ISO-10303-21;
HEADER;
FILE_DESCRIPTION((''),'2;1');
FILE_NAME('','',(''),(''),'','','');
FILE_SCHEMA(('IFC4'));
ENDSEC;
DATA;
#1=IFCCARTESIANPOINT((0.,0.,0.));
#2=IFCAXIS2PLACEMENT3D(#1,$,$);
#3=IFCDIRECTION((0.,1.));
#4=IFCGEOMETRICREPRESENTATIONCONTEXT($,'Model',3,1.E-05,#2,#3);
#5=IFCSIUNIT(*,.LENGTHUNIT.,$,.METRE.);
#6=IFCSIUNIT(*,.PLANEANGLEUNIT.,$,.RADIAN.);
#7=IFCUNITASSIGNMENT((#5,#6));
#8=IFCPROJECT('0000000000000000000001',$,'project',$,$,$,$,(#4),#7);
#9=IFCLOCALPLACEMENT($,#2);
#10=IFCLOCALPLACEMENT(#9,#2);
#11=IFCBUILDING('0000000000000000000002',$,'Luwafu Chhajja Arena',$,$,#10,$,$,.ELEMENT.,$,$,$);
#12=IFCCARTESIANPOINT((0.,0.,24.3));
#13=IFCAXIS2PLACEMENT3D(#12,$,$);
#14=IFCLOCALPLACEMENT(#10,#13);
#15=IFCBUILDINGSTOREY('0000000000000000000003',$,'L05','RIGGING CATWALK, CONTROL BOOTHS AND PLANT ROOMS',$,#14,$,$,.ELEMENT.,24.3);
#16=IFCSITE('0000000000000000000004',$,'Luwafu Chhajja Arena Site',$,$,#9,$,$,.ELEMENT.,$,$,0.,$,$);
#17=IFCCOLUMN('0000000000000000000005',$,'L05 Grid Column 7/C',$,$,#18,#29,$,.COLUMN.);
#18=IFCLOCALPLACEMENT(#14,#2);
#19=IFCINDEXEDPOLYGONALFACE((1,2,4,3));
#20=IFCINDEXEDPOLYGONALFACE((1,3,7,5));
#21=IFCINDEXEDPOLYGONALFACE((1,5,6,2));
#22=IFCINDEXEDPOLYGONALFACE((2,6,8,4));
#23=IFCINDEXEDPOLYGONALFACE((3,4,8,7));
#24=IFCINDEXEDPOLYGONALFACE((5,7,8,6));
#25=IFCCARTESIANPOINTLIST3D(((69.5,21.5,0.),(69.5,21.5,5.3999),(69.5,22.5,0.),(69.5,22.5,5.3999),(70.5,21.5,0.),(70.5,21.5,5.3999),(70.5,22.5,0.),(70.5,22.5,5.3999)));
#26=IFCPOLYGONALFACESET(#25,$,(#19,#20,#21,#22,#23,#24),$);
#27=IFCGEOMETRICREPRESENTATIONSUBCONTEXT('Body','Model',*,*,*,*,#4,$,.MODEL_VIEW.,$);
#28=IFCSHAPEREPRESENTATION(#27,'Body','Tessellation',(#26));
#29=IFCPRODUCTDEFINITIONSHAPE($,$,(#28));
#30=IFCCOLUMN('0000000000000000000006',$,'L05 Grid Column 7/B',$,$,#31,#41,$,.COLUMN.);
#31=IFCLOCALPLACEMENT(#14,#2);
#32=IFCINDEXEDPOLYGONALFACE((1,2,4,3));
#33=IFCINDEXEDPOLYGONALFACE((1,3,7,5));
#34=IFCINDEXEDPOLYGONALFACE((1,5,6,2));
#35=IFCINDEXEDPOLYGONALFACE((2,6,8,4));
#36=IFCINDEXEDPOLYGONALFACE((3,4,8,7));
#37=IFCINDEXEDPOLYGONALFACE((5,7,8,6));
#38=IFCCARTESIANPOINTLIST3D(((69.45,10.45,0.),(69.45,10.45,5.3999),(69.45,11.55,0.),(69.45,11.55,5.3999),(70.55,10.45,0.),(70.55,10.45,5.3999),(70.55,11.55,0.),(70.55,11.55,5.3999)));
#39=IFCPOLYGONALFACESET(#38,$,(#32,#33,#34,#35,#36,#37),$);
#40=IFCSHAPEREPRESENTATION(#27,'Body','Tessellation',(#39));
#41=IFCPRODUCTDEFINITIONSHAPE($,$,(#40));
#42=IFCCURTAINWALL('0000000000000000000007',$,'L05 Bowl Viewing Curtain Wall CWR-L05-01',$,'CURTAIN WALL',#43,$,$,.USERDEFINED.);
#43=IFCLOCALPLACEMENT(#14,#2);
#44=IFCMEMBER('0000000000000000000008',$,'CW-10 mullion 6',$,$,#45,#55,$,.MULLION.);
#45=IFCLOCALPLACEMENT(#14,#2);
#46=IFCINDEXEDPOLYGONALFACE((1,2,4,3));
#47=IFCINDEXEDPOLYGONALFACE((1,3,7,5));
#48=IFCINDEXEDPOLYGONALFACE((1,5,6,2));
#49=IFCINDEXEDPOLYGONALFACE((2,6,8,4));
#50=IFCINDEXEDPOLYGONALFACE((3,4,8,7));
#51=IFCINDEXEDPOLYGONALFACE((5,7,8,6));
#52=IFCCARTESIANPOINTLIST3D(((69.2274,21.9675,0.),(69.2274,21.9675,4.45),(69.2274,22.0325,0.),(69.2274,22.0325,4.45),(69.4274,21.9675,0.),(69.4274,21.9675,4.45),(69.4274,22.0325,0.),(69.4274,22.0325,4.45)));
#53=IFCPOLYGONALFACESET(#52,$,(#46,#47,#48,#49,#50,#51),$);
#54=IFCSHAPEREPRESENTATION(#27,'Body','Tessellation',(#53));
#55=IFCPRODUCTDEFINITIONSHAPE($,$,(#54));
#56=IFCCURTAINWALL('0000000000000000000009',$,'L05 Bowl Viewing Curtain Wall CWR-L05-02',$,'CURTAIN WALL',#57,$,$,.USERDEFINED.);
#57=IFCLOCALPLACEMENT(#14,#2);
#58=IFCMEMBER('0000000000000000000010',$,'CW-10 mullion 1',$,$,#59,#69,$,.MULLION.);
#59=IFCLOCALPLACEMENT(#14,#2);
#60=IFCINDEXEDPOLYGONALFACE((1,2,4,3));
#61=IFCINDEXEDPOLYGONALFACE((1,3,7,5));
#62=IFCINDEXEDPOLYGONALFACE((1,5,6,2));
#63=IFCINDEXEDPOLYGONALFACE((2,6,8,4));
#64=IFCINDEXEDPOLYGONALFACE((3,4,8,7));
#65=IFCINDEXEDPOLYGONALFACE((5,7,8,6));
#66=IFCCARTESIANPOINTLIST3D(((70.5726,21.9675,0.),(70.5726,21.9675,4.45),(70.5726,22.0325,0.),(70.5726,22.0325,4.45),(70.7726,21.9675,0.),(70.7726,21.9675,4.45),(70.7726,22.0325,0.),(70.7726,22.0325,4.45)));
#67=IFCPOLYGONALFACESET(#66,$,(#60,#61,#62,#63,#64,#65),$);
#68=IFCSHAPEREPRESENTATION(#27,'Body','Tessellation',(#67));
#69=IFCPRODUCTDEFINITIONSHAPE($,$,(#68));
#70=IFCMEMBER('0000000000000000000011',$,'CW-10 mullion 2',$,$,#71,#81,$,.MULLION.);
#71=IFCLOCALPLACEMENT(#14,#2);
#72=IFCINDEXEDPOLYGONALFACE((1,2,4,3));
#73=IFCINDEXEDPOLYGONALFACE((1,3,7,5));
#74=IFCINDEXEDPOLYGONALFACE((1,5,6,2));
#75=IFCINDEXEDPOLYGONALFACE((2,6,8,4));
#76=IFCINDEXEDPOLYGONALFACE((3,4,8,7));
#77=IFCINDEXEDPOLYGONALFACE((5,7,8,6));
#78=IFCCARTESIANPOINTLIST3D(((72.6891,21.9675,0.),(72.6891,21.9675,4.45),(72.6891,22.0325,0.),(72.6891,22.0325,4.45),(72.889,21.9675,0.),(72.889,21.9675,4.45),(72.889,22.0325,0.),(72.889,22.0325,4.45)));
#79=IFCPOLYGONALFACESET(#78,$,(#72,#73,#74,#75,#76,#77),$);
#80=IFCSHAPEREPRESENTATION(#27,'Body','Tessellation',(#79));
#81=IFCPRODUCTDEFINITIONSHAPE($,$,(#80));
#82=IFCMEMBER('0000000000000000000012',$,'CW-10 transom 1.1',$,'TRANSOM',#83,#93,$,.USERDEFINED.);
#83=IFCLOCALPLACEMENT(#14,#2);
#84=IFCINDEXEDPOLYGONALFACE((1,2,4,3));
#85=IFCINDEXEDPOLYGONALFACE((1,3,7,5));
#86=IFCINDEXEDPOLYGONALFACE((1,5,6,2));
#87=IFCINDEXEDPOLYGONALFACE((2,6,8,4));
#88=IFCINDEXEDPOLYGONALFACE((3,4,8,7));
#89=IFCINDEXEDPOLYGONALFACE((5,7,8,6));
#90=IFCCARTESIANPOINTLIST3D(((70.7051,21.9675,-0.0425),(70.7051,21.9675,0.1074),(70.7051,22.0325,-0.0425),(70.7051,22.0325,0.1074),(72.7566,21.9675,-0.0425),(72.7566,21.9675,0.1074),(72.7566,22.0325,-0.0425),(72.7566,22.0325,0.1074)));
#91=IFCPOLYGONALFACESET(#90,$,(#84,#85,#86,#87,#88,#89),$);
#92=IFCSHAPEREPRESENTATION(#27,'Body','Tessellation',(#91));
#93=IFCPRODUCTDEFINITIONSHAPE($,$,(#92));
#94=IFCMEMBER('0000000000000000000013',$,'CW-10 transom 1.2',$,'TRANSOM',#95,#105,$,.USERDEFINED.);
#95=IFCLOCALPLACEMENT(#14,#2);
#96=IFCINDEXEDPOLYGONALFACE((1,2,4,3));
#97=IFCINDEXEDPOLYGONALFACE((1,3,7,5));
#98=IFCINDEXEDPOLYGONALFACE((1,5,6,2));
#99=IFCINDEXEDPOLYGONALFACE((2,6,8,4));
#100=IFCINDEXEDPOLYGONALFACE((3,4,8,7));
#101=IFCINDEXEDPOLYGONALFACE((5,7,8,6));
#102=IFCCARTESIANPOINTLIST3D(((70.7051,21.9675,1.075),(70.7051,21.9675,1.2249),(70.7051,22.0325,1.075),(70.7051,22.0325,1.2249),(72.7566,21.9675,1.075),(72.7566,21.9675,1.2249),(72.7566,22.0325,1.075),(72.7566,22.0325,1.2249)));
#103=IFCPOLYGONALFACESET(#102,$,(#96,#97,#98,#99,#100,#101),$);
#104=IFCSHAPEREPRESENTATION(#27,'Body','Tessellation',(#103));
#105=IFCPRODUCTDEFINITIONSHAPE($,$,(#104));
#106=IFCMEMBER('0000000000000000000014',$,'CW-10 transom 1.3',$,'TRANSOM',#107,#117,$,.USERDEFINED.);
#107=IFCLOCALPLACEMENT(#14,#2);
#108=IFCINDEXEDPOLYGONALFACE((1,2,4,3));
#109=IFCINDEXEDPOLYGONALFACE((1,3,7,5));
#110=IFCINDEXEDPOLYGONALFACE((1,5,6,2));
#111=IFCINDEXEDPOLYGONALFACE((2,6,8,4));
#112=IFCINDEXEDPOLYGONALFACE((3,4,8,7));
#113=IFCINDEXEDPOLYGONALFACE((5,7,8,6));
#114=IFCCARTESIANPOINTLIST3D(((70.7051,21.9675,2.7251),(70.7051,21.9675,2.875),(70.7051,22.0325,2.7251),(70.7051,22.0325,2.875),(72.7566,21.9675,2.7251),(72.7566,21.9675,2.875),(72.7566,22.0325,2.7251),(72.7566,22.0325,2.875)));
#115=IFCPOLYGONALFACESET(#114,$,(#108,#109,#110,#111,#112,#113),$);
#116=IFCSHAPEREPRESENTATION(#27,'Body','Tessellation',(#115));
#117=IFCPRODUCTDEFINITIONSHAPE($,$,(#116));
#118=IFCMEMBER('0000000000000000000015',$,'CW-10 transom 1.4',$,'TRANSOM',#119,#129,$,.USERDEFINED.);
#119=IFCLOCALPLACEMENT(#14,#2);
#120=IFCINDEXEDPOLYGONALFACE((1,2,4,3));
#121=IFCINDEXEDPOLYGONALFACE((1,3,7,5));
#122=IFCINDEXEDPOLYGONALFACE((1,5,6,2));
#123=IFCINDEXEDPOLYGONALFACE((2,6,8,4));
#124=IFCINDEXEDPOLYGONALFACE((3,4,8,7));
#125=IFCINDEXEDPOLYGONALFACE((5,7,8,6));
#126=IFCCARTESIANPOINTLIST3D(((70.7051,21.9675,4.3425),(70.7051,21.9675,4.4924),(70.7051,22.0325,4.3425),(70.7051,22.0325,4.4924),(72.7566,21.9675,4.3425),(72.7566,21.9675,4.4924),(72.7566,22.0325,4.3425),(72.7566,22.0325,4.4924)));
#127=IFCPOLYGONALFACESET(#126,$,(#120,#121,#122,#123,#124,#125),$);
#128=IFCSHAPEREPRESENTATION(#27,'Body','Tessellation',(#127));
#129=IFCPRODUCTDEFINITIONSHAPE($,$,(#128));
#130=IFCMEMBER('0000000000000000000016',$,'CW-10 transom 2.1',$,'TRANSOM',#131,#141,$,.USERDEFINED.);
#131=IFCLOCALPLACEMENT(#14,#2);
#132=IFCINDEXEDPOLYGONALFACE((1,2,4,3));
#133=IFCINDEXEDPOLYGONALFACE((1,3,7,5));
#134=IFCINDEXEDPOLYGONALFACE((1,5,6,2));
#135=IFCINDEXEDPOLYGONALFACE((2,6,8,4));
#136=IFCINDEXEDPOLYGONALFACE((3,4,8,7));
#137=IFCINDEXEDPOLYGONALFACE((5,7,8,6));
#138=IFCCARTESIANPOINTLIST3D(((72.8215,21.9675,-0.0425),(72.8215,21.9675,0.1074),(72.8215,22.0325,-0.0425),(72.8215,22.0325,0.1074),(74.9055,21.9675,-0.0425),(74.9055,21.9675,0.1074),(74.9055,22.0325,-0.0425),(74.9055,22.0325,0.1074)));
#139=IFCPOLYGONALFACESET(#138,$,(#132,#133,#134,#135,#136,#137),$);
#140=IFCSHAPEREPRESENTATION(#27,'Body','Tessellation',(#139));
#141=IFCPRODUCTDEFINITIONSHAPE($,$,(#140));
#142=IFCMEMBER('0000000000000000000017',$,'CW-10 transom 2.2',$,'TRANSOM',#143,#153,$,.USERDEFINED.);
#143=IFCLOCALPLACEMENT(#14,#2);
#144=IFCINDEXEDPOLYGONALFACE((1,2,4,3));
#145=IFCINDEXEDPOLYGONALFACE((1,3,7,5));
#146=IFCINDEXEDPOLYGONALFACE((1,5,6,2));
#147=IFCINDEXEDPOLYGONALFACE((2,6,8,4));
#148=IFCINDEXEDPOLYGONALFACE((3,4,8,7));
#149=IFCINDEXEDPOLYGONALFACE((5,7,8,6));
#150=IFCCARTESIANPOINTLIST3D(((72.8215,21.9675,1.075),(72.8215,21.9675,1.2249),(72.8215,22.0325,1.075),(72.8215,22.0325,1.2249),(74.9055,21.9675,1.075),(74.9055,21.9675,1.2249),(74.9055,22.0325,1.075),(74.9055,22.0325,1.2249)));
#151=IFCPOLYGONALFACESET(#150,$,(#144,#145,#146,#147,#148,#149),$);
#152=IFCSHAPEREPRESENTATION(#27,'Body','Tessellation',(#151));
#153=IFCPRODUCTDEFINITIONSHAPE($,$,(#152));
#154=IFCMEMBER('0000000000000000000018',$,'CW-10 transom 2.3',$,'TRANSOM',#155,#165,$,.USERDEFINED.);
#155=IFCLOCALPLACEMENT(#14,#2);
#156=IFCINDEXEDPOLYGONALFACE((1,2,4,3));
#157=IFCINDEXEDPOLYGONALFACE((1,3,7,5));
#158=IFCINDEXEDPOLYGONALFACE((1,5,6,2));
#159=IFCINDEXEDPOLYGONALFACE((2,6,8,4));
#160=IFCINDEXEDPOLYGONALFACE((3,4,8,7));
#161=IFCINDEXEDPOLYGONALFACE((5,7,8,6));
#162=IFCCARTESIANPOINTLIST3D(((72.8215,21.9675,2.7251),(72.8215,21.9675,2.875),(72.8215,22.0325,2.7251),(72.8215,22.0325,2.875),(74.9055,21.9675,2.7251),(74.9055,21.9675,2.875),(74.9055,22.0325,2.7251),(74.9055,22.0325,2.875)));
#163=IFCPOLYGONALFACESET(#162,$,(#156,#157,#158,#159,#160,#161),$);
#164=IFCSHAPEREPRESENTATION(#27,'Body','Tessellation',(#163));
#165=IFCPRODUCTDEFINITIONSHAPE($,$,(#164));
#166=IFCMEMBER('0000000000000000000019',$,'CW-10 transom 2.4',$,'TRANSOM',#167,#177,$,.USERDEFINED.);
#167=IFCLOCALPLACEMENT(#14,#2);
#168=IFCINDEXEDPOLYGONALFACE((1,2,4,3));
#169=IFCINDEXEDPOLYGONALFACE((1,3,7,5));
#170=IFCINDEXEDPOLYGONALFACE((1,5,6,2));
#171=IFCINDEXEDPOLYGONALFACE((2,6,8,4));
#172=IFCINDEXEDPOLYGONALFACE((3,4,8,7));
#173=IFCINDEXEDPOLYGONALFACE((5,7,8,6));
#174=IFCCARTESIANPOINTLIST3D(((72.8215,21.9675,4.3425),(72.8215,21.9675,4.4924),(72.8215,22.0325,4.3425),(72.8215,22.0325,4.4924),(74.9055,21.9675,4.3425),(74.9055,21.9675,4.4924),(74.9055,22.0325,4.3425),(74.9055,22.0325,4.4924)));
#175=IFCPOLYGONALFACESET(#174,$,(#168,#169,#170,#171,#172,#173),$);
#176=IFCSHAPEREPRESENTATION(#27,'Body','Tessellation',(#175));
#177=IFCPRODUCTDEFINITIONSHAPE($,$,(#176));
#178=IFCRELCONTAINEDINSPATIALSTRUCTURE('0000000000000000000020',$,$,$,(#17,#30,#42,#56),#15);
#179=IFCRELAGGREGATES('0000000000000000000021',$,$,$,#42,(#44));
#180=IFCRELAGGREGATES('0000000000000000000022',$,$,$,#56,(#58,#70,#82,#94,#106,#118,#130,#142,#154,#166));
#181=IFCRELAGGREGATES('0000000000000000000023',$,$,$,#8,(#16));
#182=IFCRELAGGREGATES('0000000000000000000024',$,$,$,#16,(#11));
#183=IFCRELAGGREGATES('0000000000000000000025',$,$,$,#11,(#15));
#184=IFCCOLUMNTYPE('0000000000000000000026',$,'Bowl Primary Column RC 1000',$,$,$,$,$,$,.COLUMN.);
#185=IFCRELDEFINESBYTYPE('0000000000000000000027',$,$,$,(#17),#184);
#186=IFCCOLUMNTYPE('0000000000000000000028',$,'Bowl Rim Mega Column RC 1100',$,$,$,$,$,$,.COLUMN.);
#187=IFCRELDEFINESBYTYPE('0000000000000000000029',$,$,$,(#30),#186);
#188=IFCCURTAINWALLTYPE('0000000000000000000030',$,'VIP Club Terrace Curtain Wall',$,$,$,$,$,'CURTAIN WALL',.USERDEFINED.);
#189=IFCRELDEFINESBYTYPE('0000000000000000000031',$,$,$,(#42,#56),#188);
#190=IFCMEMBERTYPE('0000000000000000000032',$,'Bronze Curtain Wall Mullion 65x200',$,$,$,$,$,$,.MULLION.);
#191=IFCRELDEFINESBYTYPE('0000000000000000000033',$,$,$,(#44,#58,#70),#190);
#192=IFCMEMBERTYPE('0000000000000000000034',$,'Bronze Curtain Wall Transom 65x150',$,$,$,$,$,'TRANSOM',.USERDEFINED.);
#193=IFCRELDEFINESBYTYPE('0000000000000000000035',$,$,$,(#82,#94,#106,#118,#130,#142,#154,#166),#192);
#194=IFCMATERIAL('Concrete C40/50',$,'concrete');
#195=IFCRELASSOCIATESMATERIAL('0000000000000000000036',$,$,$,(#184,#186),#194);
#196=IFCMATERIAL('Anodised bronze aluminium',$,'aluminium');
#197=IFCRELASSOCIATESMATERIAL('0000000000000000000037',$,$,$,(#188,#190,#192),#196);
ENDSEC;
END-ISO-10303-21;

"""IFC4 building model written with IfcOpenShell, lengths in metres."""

from ifc_helpers import new_model, si_unit, direction, frame, origin, origin_2d, place, context, subcontext, project, spatial, rectangle, extrude, material, material_profile, profile_set, type_object, element, aggregate, save


model = new_model("IFC4")

# Units and contexts
model_context = context("Model", 3, precision=1e-05, world=origin(), true_north=direction((0.0, 1.0)))
body_context = subcontext(model_context, "Body", "Model", "MODEL_VIEW")
ifc_project = project(units=[si_unit("LENGTHUNIT", "METRE"), si_unit("PLANEANGLEUNIT", "RADIAN")], contexts=[model_context])

# Site, building, storey
site_placement = place(None, origin())
site = spatial("IfcSite", under=ifc_project, at=site_placement, Name="Luwafu Chhajja Arena Site", CompositionType="ELEMENT", RefElevation=0.0)
building_placement = place(site_placement, origin())
building = spatial("IfcBuilding", under=site, at=building_placement, Name="Luwafu Chhajja Arena", CompositionType="ELEMENT")
storey_placement = place(building_placement, frame((0.0, 0.0, 24.3)))
storey = spatial("IfcBuildingStorey", under=building, at=storey_placement, Name="L05", Description="RIGGING CATWALK, CONTROL BOOTHS AND PLANT ROOMS", CompositionType="ELEMENT", Elevation=24.3)

# Columns
ifc_material_1 = material(Name="Concrete C40/50", Category="concrete")
ifc_material_profile_1 = material_profile(ifc_material_1, rectangle(XDim=1.0, YDim=1.0, at=origin_2d()), Name="RC 1000x1000")
ifc_profile_set_1 = profile_set([ifc_material_profile_1], Name="Concrete C40/50")
column_type_1 = type_object("IfcColumnType", Name="Bowl Primary Column RC 1000", PredefinedType="COLUMN", material=ifc_profile_set_1)
column_1_placement = place(storey_placement, frame((70.0, 22.0, 0.0), z_axis=(0.0, 0.0, 1.0), x_axis=(1.0, 0.0, 0.0)))
element("IfcColumn", 1, at=column_1_placement, inside=storey, type_object=column_type_1, Name="L05 Grid Column 7/C", PredefinedType="COLUMN", context=body_context, shape_type="SweptSolid", body=[
    extrude(rectangle(XDim=1.0, YDim=1.0, at=origin_2d()), origin(), (0.0, 0.0, 1.0), 5.3999),
])
ifc_material_profile_2 = material_profile(ifc_material_1, rectangle(XDim=1.1001, YDim=1.1001, at=origin_2d()), Name="RC 1100x1100")
ifc_profile_set_2 = profile_set([ifc_material_profile_2], Name="Concrete C40/50")
column_type_2 = type_object("IfcColumnType", Name="Bowl Rim Mega Column RC 1100", PredefinedType="COLUMN", material=ifc_profile_set_2)
column_2_placement = place(storey_placement, frame((70.0, 11.0, 0.0), z_axis=(0.0, 0.0, 1.0), x_axis=(1.0, 0.0, 0.0)))
element("IfcColumn", 2, at=column_2_placement, inside=storey, type_object=column_type_2, Name="L05 Grid Column 7/B", PredefinedType="COLUMN", context=body_context, shape_type="SweptSolid", body=[
    extrude(rectangle(XDim=1.1001, YDim=1.1001, at=origin_2d()), origin(), (0.0, 0.0, 1.0), 5.3999),
])

# Curtain wall, member
ifc_material_2 = material(Name="Anodised bronze aluminium", Category="aluminium")
curtain_wall_type = type_object("IfcCurtainWallType", Name="VIP Club Terrace Curtain Wall", ElementType="CURTAIN WALL", PredefinedType="USERDEFINED", material=ifc_material_2)
curtain_wall_1_placement = place(storey_placement, origin())
curtain_wall_1 = element("IfcCurtainWall", 3, at=curtain_wall_1_placement, inside=storey, type_object=curtain_wall_type, Name="L05 Bowl Viewing Curtain Wall CWR-L05-01", ObjectType="CURTAIN WALL", PredefinedType="USERDEFINED")
ifc_material_profile_3 = material_profile(ifc_material_2, rectangle(XDim=0.0649, YDim=0.2, at=origin_2d()), Name="CWM 65x200")
ifc_profile_set_3 = profile_set([ifc_material_profile_3], Name="Anodised bronze aluminium")
member_type_1 = type_object("IfcMemberType", Name="Bronze Curtain Wall Mullion 65x200", PredefinedType="MULLION", material=ifc_profile_set_3)
member_1_placement = place(storey_placement, frame((69.3274, 22.0, 0.0), z_axis=(0.0, 0.0, 1.0), x_axis=(0.0, 1.0, 0.0)))
member_1 = element("IfcMember", 4, at=member_1_placement, type_object=member_type_1, Name="CW-10 mullion 6", PredefinedType="MULLION", context=body_context, shape_type="SweptSolid", body=[
    extrude(rectangle(XDim=0.0649, YDim=0.2, at=origin_2d()), origin(), (0.0, 0.0, 1.0), 4.45),
])
aggregate(curtain_wall_1, [member_1])

# Curtain wall, members
curtain_wall_2_placement = place(storey_placement, origin())
curtain_wall_2 = element("IfcCurtainWall", 5, at=curtain_wall_2_placement, inside=storey, type_object=curtain_wall_type, Name="L05 Bowl Viewing Curtain Wall CWR-L05-02", ObjectType="CURTAIN WALL", PredefinedType="USERDEFINED")
member_2_placement = place(storey_placement, frame((70.6726, 22.0, 0.0), z_axis=(0.0, 0.0, 1.0), x_axis=(0.0, 1.0, 0.0)))
member_2 = element("IfcMember", 6, at=member_2_placement, type_object=member_type_1, Name="CW-10 mullion 1", PredefinedType="MULLION", context=body_context, shape_type="SweptSolid", body=[
    extrude(rectangle(XDim=0.0649, YDim=0.2, at=origin_2d()), origin(), (0.0, 0.0, 1.0), 4.45),
])
member_3_placement = place(storey_placement, frame((72.7891, 22.0, 0.0), z_axis=(0.0, 0.0, 1.0), x_axis=(0.0, 1.0, 0.0)))
member_3 = element("IfcMember", 7, at=member_3_placement, type_object=member_type_1, Name="CW-10 mullion 2", PredefinedType="MULLION", context=body_context, shape_type="SweptSolid", body=[
    extrude(rectangle(XDim=0.0649, YDim=0.2, at=origin_2d()), origin(), (0.0, 0.0, 1.0), 4.45),
])
ifc_material_profile_4 = material_profile(ifc_material_2, rectangle(XDim=0.0649, YDim=0.1499, at=origin_2d()), Name="CWT 65x150")
ifc_profile_set_4 = profile_set([ifc_material_profile_4], Name="Anodised bronze aluminium")
member_type_2 = type_object("IfcMemberType", Name="Bronze Curtain Wall Transom 65x150", ElementType="TRANSOM", PredefinedType="USERDEFINED", material=ifc_profile_set_4)
member_4_placement = place(storey_placement, frame((70.7051, 22.0, 0.0325), z_axis=(1.0, 0.0, 0.0), x_axis=(0.0, 1.0, 0.0)))
member_4 = element("IfcMember", 8, at=member_4_placement, type_object=member_type_2, Name="CW-10 transom 1.1", ObjectType="TRANSOM", PredefinedType="USERDEFINED", context=body_context, shape_type="SweptSolid", body=[
    extrude(rectangle(XDim=0.0649, YDim=0.1499, at=origin_2d()), origin(), (0.0, 0.0, 1.0), 2.0515),
])
member_5_placement = place(storey_placement, frame((70.7051, 22.0, 1.1499), z_axis=(1.0, 0.0, 0.0), x_axis=(0.0, 1.0, 0.0)))
member_5 = element("IfcMember", 9, at=member_5_placement, type_object=member_type_2, Name="CW-10 transom 1.2", ObjectType="TRANSOM", PredefinedType="USERDEFINED", context=body_context, shape_type="SweptSolid", body=[
    extrude(rectangle(XDim=0.0649, YDim=0.1499, at=origin_2d()), origin(), (0.0, 0.0, 1.0), 2.0515),
])
member_6_placement = place(storey_placement, frame((70.7051, 22.0, 2.8), z_axis=(1.0, 0.0, 0.0), x_axis=(0.0, 1.0, 0.0)))
member_6 = element("IfcMember", 10, at=member_6_placement, type_object=member_type_2, Name="CW-10 transom 1.3", ObjectType="TRANSOM", PredefinedType="USERDEFINED", context=body_context, shape_type="SweptSolid", body=[
    extrude(rectangle(XDim=0.0649, YDim=0.1499, at=origin_2d()), origin(), (0.0, 0.0, 1.0), 2.0515),
])
member_7_placement = place(storey_placement, frame((70.7051, 22.0, 4.4175), z_axis=(1.0, 0.0, 0.0), x_axis=(0.0, 1.0, 0.0)))
member_7 = element("IfcMember", 11, at=member_7_placement, type_object=member_type_2, Name="CW-10 transom 1.4", ObjectType="TRANSOM", PredefinedType="USERDEFINED", context=body_context, shape_type="SweptSolid", body=[
    extrude(rectangle(XDim=0.0649, YDim=0.1499, at=origin_2d()), origin(), (0.0, 0.0, 1.0), 2.0515),
])
member_8_placement = place(storey_placement, frame((72.8215, 22.0, 0.0325), z_axis=(1.0, 0.0, 0.0), x_axis=(0.0, 1.0, 0.0)))
member_8 = element("IfcMember", 12, at=member_8_placement, type_object=member_type_2, Name="CW-10 transom 2.1", ObjectType="TRANSOM", PredefinedType="USERDEFINED", context=body_context, shape_type="SweptSolid", body=[
    extrude(rectangle(XDim=0.0649, YDim=0.1499, at=origin_2d()), origin(), (0.0, 0.0, 1.0), 2.084),
])
member_9_placement = place(storey_placement, frame((72.8215, 22.0, 1.1499), z_axis=(1.0, 0.0, 0.0), x_axis=(0.0, 1.0, 0.0)))
member_9 = element("IfcMember", 13, at=member_9_placement, type_object=member_type_2, Name="CW-10 transom 2.2", ObjectType="TRANSOM", PredefinedType="USERDEFINED", context=body_context, shape_type="SweptSolid", body=[
    extrude(rectangle(XDim=0.0649, YDim=0.1499, at=origin_2d()), origin(), (0.0, 0.0, 1.0), 2.084),
])
member_10_placement = place(storey_placement, frame((72.8215, 22.0, 2.8), z_axis=(1.0, 0.0, 0.0), x_axis=(0.0, 1.0, 0.0)))
member_10 = element("IfcMember", 14, at=member_10_placement, type_object=member_type_2, Name="CW-10 transom 2.3", ObjectType="TRANSOM", PredefinedType="USERDEFINED", context=body_context, shape_type="SweptSolid", body=[
    extrude(rectangle(XDim=0.0649, YDim=0.1499, at=origin_2d()), origin(), (0.0, 0.0, 1.0), 2.084),
])
member_11_placement = place(storey_placement, frame((72.8215, 22.0, 4.4175), z_axis=(1.0, 0.0, 0.0), x_axis=(0.0, 1.0, 0.0)))
member_11 = element("IfcMember", 15, at=member_11_placement, type_object=member_type_2, Name="CW-10 transom 2.4", ObjectType="TRANSOM", PredefinedType="USERDEFINED", context=body_context, shape_type="SweptSolid", body=[
    extrude(rectangle(XDim=0.0649, YDim=0.1499, at=origin_2d()), origin(), (0.0, 0.0, 1.0), 2.084),
])

aggregate(curtain_wall_2, [member_2, member_3, member_4, member_5, member_6, member_7, member_8, member_9, member_10, member_11])

save(model, "model.ifc")
